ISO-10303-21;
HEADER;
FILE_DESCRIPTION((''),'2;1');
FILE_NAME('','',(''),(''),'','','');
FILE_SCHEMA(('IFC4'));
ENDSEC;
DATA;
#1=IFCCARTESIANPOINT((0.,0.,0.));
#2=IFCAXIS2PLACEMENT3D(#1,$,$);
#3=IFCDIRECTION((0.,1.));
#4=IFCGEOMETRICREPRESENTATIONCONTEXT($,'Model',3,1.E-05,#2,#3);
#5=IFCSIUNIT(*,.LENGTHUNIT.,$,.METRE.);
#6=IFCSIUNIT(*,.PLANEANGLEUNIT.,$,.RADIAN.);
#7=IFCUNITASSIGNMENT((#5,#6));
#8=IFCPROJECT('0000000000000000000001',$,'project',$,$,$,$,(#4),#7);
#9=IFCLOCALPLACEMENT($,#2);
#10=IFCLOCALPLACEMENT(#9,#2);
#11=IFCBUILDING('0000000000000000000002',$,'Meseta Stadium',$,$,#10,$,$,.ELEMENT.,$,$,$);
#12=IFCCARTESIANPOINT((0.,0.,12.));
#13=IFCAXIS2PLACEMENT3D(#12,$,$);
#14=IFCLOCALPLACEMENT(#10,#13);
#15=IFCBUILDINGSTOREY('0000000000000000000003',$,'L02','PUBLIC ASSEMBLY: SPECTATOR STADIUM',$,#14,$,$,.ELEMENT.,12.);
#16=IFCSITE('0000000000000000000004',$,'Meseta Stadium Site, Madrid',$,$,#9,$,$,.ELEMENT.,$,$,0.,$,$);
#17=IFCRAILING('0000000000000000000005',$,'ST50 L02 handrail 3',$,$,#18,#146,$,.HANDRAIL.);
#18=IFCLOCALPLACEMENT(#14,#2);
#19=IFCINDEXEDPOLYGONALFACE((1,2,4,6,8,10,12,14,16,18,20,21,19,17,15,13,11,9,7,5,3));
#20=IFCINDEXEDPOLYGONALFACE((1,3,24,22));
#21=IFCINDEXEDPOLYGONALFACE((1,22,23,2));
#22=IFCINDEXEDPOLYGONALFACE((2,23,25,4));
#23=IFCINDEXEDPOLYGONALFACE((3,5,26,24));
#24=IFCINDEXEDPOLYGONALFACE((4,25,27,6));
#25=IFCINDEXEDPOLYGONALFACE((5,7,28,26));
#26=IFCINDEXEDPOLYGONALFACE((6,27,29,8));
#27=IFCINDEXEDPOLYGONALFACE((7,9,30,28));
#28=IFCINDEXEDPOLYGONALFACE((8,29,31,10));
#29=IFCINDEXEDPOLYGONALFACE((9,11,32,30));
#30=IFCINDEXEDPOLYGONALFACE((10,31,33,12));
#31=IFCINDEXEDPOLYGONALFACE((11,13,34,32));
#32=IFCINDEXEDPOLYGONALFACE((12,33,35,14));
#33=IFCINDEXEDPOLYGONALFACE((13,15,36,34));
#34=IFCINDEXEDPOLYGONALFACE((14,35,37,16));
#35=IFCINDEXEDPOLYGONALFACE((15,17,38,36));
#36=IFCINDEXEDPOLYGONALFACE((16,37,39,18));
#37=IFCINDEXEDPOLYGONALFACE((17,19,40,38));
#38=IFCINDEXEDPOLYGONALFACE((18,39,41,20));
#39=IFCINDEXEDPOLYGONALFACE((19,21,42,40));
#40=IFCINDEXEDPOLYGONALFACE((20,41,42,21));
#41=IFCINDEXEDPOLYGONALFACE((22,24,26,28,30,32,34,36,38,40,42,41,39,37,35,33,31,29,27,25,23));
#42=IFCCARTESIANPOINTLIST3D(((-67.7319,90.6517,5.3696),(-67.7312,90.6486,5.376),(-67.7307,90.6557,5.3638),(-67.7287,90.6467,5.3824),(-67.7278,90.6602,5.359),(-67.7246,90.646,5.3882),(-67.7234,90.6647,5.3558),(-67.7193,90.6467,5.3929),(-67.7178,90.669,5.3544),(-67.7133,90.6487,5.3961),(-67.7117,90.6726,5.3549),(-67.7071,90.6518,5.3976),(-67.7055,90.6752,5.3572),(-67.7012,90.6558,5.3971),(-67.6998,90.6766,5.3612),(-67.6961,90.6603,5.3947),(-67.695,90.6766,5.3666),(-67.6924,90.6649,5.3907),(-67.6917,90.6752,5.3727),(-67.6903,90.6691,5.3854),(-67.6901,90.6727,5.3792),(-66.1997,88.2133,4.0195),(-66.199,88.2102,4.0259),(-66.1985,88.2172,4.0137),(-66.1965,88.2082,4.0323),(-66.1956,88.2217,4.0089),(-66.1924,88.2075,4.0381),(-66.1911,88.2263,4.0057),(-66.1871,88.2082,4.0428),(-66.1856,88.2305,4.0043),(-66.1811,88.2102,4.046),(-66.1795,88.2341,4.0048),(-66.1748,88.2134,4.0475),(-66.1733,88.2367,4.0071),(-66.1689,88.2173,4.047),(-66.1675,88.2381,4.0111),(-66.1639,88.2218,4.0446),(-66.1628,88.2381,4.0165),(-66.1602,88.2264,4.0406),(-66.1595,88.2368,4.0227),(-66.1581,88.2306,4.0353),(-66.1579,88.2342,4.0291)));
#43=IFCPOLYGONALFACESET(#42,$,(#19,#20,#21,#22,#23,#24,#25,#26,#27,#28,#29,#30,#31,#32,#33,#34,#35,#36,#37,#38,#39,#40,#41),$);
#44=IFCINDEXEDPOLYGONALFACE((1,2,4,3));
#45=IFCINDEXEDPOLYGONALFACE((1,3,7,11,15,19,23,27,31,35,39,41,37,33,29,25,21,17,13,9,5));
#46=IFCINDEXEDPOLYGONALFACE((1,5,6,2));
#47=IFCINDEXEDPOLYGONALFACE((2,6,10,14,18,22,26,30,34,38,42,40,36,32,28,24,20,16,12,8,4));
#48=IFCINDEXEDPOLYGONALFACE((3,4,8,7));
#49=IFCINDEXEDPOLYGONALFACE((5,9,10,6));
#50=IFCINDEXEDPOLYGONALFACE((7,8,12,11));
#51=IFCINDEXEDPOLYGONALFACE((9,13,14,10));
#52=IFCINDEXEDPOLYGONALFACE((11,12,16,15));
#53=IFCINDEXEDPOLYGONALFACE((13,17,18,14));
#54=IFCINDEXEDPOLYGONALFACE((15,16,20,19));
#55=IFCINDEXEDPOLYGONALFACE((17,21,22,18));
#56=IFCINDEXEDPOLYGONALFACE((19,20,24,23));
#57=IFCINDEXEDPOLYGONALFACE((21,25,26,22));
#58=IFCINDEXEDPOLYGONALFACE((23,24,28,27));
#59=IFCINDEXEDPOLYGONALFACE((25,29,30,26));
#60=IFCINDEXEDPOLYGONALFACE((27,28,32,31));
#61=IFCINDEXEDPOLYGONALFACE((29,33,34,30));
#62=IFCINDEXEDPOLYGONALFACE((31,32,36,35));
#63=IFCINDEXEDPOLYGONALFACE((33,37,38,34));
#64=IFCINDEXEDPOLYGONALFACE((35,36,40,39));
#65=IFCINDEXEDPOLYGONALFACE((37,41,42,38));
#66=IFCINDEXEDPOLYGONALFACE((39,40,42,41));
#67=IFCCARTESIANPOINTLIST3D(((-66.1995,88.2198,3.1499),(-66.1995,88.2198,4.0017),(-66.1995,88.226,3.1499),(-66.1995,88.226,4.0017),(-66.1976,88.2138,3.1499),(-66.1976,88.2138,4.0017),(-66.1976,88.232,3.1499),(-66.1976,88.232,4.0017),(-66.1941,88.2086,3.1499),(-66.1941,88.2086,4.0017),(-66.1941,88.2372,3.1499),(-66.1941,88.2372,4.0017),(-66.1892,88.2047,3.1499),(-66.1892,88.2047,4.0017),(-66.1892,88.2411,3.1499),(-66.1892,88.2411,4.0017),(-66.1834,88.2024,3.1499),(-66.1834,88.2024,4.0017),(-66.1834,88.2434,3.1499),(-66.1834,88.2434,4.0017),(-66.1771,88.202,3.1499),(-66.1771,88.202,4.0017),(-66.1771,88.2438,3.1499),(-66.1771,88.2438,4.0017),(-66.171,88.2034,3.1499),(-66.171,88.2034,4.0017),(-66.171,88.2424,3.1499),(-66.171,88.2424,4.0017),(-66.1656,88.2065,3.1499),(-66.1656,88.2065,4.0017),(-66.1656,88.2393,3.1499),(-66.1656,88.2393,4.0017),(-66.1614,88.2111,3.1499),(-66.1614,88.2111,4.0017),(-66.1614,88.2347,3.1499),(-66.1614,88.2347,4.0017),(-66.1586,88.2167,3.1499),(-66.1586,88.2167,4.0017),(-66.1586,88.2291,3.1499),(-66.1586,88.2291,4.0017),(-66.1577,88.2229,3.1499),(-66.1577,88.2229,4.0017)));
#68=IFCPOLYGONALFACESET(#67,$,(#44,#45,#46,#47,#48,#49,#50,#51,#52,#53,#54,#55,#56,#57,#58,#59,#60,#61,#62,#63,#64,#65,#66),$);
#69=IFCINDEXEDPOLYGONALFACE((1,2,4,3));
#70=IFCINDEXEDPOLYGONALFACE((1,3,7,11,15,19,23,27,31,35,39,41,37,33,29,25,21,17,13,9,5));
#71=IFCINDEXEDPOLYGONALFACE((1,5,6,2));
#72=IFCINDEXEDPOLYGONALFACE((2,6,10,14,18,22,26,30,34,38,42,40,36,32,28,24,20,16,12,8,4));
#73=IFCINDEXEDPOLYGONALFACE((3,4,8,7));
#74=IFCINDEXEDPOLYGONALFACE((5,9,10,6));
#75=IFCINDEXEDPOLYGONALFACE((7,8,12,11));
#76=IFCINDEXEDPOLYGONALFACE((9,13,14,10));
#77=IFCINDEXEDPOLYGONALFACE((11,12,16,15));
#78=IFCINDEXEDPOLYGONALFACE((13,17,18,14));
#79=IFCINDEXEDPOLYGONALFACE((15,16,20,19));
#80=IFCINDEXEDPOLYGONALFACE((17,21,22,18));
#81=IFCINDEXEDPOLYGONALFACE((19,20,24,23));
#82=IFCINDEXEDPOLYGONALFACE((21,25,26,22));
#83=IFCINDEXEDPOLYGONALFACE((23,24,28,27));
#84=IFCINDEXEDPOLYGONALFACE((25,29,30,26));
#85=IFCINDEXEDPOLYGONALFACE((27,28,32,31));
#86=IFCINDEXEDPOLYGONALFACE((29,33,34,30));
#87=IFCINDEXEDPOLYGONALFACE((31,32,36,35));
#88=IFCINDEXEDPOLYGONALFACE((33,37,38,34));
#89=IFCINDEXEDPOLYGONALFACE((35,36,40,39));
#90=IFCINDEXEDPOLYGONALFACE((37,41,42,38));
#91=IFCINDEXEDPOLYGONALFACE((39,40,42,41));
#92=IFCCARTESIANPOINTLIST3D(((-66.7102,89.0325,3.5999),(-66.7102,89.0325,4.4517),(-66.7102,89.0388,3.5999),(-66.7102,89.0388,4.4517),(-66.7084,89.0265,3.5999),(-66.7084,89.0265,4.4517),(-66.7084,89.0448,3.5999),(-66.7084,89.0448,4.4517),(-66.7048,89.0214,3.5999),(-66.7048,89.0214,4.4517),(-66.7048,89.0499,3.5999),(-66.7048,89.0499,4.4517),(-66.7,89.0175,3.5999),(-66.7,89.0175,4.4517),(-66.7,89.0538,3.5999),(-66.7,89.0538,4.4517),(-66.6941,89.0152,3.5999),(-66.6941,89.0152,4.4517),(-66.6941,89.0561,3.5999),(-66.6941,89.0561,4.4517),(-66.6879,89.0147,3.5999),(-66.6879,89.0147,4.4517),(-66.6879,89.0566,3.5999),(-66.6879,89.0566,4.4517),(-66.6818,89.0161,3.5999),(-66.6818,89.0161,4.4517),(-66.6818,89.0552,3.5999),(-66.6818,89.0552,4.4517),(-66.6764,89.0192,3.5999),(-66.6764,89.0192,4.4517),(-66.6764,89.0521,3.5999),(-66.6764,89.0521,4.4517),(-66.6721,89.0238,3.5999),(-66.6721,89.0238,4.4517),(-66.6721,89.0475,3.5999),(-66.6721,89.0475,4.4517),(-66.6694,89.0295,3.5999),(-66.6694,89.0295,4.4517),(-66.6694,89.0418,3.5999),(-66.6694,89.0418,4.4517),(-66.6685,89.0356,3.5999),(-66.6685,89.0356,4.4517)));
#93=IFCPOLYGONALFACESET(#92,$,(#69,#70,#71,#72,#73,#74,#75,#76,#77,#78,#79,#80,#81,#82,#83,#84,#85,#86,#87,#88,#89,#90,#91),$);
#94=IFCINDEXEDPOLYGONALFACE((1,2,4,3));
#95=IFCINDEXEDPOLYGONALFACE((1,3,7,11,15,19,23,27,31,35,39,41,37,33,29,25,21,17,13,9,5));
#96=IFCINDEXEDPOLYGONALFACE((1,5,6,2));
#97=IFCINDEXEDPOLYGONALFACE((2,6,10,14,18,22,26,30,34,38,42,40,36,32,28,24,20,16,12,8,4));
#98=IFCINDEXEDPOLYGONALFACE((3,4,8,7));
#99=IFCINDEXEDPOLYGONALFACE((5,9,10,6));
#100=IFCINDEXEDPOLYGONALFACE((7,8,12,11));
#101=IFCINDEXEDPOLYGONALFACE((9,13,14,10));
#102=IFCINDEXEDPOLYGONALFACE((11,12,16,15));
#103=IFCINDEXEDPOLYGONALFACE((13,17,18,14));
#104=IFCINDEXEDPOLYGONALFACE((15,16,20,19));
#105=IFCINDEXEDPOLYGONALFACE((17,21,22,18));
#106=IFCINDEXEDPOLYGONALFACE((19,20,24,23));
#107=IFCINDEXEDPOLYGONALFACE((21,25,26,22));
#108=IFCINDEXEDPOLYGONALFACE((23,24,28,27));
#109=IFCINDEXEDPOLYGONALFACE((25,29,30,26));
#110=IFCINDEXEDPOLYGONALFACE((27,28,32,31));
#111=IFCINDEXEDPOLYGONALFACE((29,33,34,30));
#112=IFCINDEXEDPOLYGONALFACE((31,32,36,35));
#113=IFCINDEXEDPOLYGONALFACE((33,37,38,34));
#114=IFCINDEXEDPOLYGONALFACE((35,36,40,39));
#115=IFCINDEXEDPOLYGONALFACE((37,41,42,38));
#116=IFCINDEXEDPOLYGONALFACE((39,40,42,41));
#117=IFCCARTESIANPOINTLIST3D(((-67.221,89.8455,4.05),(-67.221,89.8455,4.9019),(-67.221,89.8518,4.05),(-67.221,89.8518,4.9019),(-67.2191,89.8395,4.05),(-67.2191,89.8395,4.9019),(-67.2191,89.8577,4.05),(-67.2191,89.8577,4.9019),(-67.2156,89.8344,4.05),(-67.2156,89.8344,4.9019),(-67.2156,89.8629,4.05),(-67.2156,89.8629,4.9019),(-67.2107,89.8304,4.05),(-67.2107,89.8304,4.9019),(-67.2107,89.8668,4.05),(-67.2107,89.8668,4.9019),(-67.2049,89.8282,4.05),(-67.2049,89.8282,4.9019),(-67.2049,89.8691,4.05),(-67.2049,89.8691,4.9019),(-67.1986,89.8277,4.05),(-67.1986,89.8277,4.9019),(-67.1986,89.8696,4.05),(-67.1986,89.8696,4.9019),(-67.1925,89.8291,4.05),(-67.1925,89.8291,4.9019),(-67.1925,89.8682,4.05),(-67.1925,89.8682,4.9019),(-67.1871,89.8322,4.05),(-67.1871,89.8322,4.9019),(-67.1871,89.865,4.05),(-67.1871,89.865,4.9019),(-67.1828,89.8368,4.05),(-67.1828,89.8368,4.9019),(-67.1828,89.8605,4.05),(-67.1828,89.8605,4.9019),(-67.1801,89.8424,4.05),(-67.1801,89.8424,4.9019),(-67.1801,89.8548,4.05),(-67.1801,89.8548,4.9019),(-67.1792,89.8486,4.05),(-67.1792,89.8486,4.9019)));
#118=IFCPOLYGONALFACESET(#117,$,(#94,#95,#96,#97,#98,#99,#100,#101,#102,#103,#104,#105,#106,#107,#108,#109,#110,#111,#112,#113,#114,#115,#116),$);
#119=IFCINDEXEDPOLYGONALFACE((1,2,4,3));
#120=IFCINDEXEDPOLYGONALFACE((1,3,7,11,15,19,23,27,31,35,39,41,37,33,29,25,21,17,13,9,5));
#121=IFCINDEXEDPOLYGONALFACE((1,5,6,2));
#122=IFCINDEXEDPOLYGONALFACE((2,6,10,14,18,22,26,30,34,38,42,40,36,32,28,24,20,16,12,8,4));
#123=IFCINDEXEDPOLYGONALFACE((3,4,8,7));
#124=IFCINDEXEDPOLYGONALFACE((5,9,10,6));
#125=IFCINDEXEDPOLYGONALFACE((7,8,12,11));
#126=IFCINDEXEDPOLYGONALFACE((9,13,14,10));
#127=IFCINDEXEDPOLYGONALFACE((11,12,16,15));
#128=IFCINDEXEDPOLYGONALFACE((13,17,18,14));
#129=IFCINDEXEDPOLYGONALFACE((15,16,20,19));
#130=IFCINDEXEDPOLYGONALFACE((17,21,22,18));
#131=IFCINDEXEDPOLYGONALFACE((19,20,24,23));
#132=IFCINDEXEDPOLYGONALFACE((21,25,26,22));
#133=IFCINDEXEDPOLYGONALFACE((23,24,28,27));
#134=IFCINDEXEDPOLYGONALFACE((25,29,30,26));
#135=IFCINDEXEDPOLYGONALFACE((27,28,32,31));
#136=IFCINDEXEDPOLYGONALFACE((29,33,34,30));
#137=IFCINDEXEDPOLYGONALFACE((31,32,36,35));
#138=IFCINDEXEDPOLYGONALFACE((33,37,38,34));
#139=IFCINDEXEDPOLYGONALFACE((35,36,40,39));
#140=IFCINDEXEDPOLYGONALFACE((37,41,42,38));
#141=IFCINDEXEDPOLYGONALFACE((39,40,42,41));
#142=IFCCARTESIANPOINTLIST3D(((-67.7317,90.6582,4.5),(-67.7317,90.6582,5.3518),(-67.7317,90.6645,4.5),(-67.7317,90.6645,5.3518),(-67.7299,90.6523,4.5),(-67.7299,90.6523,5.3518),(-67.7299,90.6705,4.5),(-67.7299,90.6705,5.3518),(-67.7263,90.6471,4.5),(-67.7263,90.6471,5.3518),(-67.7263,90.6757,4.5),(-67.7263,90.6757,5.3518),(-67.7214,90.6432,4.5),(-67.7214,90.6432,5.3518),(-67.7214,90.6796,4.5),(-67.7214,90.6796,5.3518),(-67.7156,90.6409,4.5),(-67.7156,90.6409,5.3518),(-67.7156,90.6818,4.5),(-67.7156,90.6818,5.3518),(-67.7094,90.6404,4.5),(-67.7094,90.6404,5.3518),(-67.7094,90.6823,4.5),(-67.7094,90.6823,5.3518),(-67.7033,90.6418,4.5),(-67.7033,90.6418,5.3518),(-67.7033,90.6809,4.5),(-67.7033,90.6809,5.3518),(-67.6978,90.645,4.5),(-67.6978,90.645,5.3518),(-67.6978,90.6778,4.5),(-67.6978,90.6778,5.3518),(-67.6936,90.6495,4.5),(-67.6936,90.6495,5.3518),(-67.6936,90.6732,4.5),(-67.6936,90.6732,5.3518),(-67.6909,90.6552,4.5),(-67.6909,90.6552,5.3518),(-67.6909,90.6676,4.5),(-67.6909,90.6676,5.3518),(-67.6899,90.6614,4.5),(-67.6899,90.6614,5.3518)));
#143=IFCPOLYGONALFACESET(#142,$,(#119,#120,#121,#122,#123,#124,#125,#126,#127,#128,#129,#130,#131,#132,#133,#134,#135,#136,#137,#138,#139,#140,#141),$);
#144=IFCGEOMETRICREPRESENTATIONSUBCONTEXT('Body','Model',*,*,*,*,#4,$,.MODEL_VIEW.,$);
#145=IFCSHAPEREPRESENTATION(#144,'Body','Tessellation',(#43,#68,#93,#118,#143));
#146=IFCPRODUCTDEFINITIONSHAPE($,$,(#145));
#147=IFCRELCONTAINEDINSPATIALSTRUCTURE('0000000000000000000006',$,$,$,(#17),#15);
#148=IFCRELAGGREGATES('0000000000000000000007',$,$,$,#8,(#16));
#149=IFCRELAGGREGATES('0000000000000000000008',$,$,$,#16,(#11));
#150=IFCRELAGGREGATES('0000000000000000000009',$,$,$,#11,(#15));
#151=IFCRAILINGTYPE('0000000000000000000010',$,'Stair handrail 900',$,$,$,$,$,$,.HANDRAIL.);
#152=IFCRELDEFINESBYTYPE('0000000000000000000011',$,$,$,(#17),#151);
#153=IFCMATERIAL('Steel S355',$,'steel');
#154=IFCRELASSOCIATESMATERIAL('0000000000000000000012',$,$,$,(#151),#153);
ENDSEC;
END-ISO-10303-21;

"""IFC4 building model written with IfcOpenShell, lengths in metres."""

from ifc_helpers import new_model, si_unit, direction, frame, origin, origin_2d, place, context, subcontext, project, spatial, circle, extrude, material, type_object, element, save


model = new_model("IFC4")

# Units and contexts
model_context = context("Model", 3, precision=1e-05, world=origin(), true_north=direction((0.0, 1.0)))
body_context = subcontext(model_context, "Body", "Model", "MODEL_VIEW")
ifc_project = project(units=[si_unit("LENGTHUNIT", "METRE"), si_unit("PLANEANGLEUNIT", "RADIAN")], contexts=[model_context])

# Site, building, storey
site_placement = place(None, origin())
site = spatial("IfcSite", under=ifc_project, at=site_placement, Name="Meseta Stadium Site, Madrid", CompositionType="ELEMENT", RefElevation=0.0)
building_placement = place(site_placement, origin())
building = spatial("IfcBuilding", under=site, at=building_placement, Name="Meseta Stadium", CompositionType="ELEMENT")
storey_placement = place(building_placement, frame((0.0, 0.0, 12.0)))
storey = spatial("IfcBuildingStorey", under=building, at=storey_placement, Name="L02", Description="PUBLIC ASSEMBLY: SPECTATOR STADIUM", CompositionType="ELEMENT", Elevation=12.0)

# Railing
ifc_material_1 = material(Name="Steel S355", Category="steel")
railing_type_1 = type_object("IfcRailingType", Name="Stair handrail 900", PredefinedType="HANDRAIL", material=ifc_material_1)
railing_1_placement = place(storey_placement, frame((-66.1787, 88.2229, 3.1499)))
element("IfcRailing", 1, at=railing_1_placement, inside=storey, type_object=railing_type_1, Name="ST50 L02 handrail 3", PredefinedType="HANDRAIL", context=body_context, shape_type="SweptSolid", body=[
    extrude(circle(Radius=0.0239, at=origin_2d()), frame((0.0, 0.0, 0.876), z_axis=(-0.481731, 0.766655, 0.42447), x_axis=(-0.846719, -0.53204, 0.0)), (0.0, 0.0, 1.0), 3.1807),
    extrude(circle(Radius=0.021, at=origin_2d()), origin(), (0.0, 0.0, 1.0), 0.8518),
    extrude(circle(Radius=0.021, at=origin_2d()), frame((-0.5107, 0.8127, 0.45)), (0.0, 0.0, 1.0), 0.8518),
    extrude(circle(Radius=0.021, at=origin_2d()), frame((-1.0215, 1.6257, 0.9001)), (0.0, 0.0, 1.0), 0.8518),
    extrude(circle(Radius=0.021, at=origin_2d()), frame((-1.5322, 2.4385, 1.3501)), (0.0, 0.0, 1.0), 0.8518),
])

save(model, "model.ifc")
